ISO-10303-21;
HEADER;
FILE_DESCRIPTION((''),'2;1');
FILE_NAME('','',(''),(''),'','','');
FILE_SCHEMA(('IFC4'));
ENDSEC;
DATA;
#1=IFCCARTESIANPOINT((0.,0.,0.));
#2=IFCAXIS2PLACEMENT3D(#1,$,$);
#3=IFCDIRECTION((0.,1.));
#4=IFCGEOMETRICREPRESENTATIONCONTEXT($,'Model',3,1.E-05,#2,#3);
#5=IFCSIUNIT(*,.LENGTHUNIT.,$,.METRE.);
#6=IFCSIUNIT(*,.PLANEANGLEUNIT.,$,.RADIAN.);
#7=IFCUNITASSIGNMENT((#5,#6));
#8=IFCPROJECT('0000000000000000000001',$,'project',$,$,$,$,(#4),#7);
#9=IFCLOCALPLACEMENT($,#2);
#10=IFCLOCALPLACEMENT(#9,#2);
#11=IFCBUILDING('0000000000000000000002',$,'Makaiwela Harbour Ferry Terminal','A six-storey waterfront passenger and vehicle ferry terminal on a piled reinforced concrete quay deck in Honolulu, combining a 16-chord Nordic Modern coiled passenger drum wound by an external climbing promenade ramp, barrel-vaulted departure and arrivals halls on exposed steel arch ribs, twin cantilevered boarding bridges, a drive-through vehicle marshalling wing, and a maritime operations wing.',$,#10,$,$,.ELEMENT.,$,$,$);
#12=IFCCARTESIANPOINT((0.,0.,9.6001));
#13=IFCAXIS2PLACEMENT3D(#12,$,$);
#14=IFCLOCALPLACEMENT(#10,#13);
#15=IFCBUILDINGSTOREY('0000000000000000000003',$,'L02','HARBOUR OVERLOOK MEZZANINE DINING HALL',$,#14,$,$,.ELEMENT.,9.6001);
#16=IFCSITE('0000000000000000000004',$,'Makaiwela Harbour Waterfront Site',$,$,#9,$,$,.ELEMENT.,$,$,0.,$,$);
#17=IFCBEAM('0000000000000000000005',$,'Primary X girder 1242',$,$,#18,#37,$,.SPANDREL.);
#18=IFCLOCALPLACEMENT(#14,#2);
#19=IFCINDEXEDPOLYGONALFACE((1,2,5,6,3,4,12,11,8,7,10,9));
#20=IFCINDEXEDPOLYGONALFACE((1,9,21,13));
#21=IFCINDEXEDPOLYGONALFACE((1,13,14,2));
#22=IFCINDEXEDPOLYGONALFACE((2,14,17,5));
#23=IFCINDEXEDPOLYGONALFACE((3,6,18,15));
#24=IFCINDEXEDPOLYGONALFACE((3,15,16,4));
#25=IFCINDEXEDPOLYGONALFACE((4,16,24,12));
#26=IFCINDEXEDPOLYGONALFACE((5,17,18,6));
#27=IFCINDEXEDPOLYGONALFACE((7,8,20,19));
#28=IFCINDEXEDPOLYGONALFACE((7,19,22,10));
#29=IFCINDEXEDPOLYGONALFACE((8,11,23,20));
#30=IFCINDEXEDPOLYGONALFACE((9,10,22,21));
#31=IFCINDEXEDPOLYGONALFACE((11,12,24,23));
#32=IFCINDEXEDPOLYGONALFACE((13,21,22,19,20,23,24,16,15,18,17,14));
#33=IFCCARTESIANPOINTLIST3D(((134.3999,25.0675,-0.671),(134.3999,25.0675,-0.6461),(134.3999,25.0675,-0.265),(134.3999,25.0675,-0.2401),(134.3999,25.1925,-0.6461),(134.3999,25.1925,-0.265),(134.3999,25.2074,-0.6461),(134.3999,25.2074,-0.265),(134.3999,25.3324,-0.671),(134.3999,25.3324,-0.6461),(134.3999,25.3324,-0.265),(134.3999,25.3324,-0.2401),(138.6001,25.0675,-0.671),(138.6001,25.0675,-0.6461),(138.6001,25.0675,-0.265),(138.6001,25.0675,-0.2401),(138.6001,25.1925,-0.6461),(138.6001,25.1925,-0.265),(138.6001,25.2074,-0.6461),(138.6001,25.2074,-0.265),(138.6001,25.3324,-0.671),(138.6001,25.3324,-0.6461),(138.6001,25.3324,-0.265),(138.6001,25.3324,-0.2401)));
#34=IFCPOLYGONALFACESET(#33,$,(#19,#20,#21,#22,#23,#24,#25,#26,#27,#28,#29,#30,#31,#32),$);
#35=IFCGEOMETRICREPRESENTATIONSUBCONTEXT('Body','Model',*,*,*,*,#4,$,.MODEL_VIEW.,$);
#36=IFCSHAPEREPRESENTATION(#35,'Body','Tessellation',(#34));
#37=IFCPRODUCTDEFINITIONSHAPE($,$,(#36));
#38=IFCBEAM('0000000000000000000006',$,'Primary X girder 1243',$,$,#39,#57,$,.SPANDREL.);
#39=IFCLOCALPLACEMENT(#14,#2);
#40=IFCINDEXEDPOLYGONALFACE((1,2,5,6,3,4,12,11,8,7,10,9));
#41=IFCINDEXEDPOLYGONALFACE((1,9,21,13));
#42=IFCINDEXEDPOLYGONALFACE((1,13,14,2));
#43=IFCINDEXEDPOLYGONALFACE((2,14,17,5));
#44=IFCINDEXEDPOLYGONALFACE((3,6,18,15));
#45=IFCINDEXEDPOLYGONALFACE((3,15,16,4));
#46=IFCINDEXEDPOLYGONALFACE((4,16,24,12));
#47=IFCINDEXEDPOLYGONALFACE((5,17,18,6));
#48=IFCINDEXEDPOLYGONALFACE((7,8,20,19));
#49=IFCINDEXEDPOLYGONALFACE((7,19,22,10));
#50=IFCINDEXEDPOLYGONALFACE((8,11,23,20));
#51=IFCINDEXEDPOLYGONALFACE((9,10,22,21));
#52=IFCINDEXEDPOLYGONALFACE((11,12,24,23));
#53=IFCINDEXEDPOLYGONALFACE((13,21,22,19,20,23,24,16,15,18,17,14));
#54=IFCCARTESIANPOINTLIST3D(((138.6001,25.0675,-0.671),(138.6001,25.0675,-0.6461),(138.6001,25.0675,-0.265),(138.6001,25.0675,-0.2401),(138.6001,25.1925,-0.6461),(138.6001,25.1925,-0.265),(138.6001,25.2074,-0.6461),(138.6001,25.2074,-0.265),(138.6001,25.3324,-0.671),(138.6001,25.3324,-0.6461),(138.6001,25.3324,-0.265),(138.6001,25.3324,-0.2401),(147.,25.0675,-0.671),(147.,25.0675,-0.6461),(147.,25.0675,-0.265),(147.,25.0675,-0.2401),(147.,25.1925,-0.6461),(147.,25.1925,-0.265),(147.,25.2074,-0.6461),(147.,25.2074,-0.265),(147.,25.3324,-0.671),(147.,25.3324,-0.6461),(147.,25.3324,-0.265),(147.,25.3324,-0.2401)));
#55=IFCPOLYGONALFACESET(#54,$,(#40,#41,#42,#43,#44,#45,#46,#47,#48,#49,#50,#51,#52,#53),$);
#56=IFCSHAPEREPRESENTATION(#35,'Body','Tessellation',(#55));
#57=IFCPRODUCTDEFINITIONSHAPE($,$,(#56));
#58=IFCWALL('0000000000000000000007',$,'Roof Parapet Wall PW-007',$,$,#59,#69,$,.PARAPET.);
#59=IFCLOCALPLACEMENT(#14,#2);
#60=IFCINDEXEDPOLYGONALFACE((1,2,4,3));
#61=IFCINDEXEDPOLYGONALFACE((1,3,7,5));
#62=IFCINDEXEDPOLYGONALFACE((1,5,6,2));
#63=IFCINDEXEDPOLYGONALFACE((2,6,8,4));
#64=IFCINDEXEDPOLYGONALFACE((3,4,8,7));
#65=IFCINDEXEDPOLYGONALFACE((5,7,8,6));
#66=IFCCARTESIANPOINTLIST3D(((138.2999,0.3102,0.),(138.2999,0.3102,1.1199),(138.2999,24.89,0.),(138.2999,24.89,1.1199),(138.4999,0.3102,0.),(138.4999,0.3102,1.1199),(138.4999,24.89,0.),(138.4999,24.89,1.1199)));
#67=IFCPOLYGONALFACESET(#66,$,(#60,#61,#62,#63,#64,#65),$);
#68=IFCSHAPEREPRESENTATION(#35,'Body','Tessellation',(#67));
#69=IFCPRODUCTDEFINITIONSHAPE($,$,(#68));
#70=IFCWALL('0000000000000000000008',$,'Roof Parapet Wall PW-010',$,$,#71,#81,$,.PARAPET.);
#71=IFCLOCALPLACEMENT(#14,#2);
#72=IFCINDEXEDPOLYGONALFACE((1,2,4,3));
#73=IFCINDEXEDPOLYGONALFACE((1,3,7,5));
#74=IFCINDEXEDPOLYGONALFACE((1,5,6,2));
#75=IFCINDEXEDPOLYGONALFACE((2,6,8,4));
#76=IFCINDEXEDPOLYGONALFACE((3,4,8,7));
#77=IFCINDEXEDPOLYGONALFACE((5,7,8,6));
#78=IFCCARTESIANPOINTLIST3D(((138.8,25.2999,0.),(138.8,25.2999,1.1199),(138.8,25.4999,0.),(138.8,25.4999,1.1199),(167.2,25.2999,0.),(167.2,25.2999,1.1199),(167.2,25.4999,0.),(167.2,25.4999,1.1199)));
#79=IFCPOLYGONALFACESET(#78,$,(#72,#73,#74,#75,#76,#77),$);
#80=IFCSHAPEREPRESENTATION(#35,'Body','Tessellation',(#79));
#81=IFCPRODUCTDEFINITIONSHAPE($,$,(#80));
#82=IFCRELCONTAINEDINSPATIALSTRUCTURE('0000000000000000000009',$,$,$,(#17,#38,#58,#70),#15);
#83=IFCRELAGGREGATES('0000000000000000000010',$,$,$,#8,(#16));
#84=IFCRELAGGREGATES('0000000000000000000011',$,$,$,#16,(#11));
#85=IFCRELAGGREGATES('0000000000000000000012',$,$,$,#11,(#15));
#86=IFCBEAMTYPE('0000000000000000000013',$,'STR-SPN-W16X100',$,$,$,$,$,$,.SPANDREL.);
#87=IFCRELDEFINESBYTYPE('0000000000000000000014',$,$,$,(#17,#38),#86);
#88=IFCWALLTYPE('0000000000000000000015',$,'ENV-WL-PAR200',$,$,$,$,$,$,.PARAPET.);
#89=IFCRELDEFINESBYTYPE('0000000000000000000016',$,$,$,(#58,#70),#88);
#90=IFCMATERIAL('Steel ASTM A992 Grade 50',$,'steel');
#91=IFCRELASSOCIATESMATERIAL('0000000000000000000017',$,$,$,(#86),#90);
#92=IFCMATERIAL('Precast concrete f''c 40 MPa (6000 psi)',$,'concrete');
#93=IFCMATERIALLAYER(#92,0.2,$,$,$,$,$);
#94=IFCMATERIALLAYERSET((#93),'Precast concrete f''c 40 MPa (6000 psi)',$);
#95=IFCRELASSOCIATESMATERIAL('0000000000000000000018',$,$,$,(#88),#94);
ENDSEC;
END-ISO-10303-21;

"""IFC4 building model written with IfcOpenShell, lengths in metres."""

from ifc_helpers import new_model, si_unit, direction, frame, frame_2d, origin, origin_2d, place, context, subcontext, project, spatial, rectangle, i_section, extrude, material, layer, layer_set, material_profile, profile_set, type_object, element, save


model = new_model("IFC4")

# Units and contexts
model_context = context("Model", 3, precision=1e-05, world=origin(), true_north=direction((0.0, 1.0)))
body_context = subcontext(model_context, "Body", "Model", "MODEL_VIEW")
ifc_project = project(units=[si_unit("LENGTHUNIT", "METRE"), si_unit("PLANEANGLEUNIT", "RADIAN")], contexts=[model_context])

# Site, building, storey
site_placement = place(None, origin())
site = spatial("IfcSite", under=ifc_project, at=site_placement, Name="Makaiwela Harbour Waterfront Site", CompositionType="ELEMENT", RefElevation=0.0)
building_placement = place(site_placement, origin())
building = spatial("IfcBuilding", under=site, at=building_placement, Name="Makaiwela Harbour Ferry Terminal", Description="A six-storey waterfront passenger and vehicle ferry terminal on a piled reinforced concrete quay deck in Honolulu, combining a 16-chord Nordic Modern coiled passenger drum wound by an external climbing promenade ramp, barrel-vaulted departure and arrivals halls on exposed steel arch ribs, twin cantilevered boarding bridges, a drive-through vehicle marshalling wing, and a maritime operations wing.", CompositionType="ELEMENT")
storey_placement = place(building_placement, frame((0.0, 0.0, 9.6001)))
storey = spatial("IfcBuildingStorey", under=building, at=storey_placement, Name="L02", Description="HARBOUR OVERLOOK MEZZANINE DINING HALL", CompositionType="ELEMENT", Elevation=9.6001)

# Beams
ifc_material_1 = material(Name="Steel ASTM A992 Grade 50", Category="steel")
ifc_material_profile_1 = material_profile(ifc_material_1, i_section(OverallWidth=0.2649, OverallDepth=0.4309, WebThickness=0.0149, FlangeThickness=0.0249, at=origin_2d()), Name="W16X100")
ifc_profile_set_1 = profile_set([ifc_material_profile_1], Name="Steel ASTM A992 Grade 50")
beam_type_1 = type_object("IfcBeamType", Name="STR-SPN-W16X100", PredefinedType="SPANDREL", material=ifc_profile_set_1)
beam_1_placement = place(storey_placement, frame((134.3999, 25.2, -0.4556), z_axis=(1.0, 0.0, 0.0), x_axis=(0.0, 1.0, 0.0)))
element("IfcBeam", 1, at=beam_1_placement, inside=storey, type_object=beam_type_1, Name="Primary X girder 1242", PredefinedType="SPANDREL", context=body_context, shape_type="SweptSolid", body=[
    extrude(i_section(OverallWidth=0.2649, OverallDepth=0.4309, WebThickness=0.0149, FlangeThickness=0.0249, at=origin_2d()), origin(), (0.0, 0.0, 1.0), 4.2002),
])
beam_2_placement = place(storey_placement, frame((138.6001, 25.2, -0.4556), z_axis=(1.0, 0.0, 0.0), x_axis=(0.0, 1.0, 0.0)))
element("IfcBeam", 2, at=beam_2_placement, inside=storey, type_object=beam_type_1, Name="Primary X girder 1243", PredefinedType="SPANDREL", context=body_context, shape_type="SweptSolid", body=[
    extrude(i_section(OverallWidth=0.2649, OverallDepth=0.4309, WebThickness=0.0149, FlangeThickness=0.0249, at=origin_2d()), origin(), (0.0, 0.0, 1.0), 8.3999),
])

# Walls
ifc_material_2 = material(Name="Precast concrete f'c 40 MPa (6000 psi)", Category="concrete")
ifc_layer = layer(ifc_material_2, 0.2)
ifc_layer_set = layer_set([ifc_layer], Name="Precast concrete f'c 40 MPa (6000 psi)")
wall_type = type_object("IfcWallType", Name="ENV-WL-PAR200", PredefinedType="PARAPET", material=ifc_layer_set)
wall_1_placement = place(storey_placement, frame((138.3999, 0.3101, 0.0), z_axis=(0.0, 0.0, 1.0), x_axis=(0.0, 1.0, 0.0)))
element("IfcWall", 3, at=wall_1_placement, inside=storey, type_object=wall_type, Name="Roof Parapet Wall PW-007", PredefinedType="PARAPET", context=body_context, shape_type="SweptSolid", body=[
    extrude(rectangle(XDim=24.5798, YDim=0.2, at=frame_2d((12.29, 0.0))), origin(), (0.0, 0.0, 1.0), 1.1199),
])
wall_2_placement = place(storey_placement, frame((138.8, 25.3999, 0.0), z_axis=(0.0, 0.0, 1.0), x_axis=(1.0, 0.0, 0.0)))
element("IfcWall", 4, at=wall_2_placement, inside=storey, type_object=wall_type, Name="Roof Parapet Wall PW-010", PredefinedType="PARAPET", context=body_context, shape_type="SweptSolid", body=[
    extrude(rectangle(XDim=28.3999, YDim=0.2, at=frame_2d((14.2, 0.0))), origin(), (0.0, 0.0, 1.0), 1.1199),
])

save(model, "model.ifc")
